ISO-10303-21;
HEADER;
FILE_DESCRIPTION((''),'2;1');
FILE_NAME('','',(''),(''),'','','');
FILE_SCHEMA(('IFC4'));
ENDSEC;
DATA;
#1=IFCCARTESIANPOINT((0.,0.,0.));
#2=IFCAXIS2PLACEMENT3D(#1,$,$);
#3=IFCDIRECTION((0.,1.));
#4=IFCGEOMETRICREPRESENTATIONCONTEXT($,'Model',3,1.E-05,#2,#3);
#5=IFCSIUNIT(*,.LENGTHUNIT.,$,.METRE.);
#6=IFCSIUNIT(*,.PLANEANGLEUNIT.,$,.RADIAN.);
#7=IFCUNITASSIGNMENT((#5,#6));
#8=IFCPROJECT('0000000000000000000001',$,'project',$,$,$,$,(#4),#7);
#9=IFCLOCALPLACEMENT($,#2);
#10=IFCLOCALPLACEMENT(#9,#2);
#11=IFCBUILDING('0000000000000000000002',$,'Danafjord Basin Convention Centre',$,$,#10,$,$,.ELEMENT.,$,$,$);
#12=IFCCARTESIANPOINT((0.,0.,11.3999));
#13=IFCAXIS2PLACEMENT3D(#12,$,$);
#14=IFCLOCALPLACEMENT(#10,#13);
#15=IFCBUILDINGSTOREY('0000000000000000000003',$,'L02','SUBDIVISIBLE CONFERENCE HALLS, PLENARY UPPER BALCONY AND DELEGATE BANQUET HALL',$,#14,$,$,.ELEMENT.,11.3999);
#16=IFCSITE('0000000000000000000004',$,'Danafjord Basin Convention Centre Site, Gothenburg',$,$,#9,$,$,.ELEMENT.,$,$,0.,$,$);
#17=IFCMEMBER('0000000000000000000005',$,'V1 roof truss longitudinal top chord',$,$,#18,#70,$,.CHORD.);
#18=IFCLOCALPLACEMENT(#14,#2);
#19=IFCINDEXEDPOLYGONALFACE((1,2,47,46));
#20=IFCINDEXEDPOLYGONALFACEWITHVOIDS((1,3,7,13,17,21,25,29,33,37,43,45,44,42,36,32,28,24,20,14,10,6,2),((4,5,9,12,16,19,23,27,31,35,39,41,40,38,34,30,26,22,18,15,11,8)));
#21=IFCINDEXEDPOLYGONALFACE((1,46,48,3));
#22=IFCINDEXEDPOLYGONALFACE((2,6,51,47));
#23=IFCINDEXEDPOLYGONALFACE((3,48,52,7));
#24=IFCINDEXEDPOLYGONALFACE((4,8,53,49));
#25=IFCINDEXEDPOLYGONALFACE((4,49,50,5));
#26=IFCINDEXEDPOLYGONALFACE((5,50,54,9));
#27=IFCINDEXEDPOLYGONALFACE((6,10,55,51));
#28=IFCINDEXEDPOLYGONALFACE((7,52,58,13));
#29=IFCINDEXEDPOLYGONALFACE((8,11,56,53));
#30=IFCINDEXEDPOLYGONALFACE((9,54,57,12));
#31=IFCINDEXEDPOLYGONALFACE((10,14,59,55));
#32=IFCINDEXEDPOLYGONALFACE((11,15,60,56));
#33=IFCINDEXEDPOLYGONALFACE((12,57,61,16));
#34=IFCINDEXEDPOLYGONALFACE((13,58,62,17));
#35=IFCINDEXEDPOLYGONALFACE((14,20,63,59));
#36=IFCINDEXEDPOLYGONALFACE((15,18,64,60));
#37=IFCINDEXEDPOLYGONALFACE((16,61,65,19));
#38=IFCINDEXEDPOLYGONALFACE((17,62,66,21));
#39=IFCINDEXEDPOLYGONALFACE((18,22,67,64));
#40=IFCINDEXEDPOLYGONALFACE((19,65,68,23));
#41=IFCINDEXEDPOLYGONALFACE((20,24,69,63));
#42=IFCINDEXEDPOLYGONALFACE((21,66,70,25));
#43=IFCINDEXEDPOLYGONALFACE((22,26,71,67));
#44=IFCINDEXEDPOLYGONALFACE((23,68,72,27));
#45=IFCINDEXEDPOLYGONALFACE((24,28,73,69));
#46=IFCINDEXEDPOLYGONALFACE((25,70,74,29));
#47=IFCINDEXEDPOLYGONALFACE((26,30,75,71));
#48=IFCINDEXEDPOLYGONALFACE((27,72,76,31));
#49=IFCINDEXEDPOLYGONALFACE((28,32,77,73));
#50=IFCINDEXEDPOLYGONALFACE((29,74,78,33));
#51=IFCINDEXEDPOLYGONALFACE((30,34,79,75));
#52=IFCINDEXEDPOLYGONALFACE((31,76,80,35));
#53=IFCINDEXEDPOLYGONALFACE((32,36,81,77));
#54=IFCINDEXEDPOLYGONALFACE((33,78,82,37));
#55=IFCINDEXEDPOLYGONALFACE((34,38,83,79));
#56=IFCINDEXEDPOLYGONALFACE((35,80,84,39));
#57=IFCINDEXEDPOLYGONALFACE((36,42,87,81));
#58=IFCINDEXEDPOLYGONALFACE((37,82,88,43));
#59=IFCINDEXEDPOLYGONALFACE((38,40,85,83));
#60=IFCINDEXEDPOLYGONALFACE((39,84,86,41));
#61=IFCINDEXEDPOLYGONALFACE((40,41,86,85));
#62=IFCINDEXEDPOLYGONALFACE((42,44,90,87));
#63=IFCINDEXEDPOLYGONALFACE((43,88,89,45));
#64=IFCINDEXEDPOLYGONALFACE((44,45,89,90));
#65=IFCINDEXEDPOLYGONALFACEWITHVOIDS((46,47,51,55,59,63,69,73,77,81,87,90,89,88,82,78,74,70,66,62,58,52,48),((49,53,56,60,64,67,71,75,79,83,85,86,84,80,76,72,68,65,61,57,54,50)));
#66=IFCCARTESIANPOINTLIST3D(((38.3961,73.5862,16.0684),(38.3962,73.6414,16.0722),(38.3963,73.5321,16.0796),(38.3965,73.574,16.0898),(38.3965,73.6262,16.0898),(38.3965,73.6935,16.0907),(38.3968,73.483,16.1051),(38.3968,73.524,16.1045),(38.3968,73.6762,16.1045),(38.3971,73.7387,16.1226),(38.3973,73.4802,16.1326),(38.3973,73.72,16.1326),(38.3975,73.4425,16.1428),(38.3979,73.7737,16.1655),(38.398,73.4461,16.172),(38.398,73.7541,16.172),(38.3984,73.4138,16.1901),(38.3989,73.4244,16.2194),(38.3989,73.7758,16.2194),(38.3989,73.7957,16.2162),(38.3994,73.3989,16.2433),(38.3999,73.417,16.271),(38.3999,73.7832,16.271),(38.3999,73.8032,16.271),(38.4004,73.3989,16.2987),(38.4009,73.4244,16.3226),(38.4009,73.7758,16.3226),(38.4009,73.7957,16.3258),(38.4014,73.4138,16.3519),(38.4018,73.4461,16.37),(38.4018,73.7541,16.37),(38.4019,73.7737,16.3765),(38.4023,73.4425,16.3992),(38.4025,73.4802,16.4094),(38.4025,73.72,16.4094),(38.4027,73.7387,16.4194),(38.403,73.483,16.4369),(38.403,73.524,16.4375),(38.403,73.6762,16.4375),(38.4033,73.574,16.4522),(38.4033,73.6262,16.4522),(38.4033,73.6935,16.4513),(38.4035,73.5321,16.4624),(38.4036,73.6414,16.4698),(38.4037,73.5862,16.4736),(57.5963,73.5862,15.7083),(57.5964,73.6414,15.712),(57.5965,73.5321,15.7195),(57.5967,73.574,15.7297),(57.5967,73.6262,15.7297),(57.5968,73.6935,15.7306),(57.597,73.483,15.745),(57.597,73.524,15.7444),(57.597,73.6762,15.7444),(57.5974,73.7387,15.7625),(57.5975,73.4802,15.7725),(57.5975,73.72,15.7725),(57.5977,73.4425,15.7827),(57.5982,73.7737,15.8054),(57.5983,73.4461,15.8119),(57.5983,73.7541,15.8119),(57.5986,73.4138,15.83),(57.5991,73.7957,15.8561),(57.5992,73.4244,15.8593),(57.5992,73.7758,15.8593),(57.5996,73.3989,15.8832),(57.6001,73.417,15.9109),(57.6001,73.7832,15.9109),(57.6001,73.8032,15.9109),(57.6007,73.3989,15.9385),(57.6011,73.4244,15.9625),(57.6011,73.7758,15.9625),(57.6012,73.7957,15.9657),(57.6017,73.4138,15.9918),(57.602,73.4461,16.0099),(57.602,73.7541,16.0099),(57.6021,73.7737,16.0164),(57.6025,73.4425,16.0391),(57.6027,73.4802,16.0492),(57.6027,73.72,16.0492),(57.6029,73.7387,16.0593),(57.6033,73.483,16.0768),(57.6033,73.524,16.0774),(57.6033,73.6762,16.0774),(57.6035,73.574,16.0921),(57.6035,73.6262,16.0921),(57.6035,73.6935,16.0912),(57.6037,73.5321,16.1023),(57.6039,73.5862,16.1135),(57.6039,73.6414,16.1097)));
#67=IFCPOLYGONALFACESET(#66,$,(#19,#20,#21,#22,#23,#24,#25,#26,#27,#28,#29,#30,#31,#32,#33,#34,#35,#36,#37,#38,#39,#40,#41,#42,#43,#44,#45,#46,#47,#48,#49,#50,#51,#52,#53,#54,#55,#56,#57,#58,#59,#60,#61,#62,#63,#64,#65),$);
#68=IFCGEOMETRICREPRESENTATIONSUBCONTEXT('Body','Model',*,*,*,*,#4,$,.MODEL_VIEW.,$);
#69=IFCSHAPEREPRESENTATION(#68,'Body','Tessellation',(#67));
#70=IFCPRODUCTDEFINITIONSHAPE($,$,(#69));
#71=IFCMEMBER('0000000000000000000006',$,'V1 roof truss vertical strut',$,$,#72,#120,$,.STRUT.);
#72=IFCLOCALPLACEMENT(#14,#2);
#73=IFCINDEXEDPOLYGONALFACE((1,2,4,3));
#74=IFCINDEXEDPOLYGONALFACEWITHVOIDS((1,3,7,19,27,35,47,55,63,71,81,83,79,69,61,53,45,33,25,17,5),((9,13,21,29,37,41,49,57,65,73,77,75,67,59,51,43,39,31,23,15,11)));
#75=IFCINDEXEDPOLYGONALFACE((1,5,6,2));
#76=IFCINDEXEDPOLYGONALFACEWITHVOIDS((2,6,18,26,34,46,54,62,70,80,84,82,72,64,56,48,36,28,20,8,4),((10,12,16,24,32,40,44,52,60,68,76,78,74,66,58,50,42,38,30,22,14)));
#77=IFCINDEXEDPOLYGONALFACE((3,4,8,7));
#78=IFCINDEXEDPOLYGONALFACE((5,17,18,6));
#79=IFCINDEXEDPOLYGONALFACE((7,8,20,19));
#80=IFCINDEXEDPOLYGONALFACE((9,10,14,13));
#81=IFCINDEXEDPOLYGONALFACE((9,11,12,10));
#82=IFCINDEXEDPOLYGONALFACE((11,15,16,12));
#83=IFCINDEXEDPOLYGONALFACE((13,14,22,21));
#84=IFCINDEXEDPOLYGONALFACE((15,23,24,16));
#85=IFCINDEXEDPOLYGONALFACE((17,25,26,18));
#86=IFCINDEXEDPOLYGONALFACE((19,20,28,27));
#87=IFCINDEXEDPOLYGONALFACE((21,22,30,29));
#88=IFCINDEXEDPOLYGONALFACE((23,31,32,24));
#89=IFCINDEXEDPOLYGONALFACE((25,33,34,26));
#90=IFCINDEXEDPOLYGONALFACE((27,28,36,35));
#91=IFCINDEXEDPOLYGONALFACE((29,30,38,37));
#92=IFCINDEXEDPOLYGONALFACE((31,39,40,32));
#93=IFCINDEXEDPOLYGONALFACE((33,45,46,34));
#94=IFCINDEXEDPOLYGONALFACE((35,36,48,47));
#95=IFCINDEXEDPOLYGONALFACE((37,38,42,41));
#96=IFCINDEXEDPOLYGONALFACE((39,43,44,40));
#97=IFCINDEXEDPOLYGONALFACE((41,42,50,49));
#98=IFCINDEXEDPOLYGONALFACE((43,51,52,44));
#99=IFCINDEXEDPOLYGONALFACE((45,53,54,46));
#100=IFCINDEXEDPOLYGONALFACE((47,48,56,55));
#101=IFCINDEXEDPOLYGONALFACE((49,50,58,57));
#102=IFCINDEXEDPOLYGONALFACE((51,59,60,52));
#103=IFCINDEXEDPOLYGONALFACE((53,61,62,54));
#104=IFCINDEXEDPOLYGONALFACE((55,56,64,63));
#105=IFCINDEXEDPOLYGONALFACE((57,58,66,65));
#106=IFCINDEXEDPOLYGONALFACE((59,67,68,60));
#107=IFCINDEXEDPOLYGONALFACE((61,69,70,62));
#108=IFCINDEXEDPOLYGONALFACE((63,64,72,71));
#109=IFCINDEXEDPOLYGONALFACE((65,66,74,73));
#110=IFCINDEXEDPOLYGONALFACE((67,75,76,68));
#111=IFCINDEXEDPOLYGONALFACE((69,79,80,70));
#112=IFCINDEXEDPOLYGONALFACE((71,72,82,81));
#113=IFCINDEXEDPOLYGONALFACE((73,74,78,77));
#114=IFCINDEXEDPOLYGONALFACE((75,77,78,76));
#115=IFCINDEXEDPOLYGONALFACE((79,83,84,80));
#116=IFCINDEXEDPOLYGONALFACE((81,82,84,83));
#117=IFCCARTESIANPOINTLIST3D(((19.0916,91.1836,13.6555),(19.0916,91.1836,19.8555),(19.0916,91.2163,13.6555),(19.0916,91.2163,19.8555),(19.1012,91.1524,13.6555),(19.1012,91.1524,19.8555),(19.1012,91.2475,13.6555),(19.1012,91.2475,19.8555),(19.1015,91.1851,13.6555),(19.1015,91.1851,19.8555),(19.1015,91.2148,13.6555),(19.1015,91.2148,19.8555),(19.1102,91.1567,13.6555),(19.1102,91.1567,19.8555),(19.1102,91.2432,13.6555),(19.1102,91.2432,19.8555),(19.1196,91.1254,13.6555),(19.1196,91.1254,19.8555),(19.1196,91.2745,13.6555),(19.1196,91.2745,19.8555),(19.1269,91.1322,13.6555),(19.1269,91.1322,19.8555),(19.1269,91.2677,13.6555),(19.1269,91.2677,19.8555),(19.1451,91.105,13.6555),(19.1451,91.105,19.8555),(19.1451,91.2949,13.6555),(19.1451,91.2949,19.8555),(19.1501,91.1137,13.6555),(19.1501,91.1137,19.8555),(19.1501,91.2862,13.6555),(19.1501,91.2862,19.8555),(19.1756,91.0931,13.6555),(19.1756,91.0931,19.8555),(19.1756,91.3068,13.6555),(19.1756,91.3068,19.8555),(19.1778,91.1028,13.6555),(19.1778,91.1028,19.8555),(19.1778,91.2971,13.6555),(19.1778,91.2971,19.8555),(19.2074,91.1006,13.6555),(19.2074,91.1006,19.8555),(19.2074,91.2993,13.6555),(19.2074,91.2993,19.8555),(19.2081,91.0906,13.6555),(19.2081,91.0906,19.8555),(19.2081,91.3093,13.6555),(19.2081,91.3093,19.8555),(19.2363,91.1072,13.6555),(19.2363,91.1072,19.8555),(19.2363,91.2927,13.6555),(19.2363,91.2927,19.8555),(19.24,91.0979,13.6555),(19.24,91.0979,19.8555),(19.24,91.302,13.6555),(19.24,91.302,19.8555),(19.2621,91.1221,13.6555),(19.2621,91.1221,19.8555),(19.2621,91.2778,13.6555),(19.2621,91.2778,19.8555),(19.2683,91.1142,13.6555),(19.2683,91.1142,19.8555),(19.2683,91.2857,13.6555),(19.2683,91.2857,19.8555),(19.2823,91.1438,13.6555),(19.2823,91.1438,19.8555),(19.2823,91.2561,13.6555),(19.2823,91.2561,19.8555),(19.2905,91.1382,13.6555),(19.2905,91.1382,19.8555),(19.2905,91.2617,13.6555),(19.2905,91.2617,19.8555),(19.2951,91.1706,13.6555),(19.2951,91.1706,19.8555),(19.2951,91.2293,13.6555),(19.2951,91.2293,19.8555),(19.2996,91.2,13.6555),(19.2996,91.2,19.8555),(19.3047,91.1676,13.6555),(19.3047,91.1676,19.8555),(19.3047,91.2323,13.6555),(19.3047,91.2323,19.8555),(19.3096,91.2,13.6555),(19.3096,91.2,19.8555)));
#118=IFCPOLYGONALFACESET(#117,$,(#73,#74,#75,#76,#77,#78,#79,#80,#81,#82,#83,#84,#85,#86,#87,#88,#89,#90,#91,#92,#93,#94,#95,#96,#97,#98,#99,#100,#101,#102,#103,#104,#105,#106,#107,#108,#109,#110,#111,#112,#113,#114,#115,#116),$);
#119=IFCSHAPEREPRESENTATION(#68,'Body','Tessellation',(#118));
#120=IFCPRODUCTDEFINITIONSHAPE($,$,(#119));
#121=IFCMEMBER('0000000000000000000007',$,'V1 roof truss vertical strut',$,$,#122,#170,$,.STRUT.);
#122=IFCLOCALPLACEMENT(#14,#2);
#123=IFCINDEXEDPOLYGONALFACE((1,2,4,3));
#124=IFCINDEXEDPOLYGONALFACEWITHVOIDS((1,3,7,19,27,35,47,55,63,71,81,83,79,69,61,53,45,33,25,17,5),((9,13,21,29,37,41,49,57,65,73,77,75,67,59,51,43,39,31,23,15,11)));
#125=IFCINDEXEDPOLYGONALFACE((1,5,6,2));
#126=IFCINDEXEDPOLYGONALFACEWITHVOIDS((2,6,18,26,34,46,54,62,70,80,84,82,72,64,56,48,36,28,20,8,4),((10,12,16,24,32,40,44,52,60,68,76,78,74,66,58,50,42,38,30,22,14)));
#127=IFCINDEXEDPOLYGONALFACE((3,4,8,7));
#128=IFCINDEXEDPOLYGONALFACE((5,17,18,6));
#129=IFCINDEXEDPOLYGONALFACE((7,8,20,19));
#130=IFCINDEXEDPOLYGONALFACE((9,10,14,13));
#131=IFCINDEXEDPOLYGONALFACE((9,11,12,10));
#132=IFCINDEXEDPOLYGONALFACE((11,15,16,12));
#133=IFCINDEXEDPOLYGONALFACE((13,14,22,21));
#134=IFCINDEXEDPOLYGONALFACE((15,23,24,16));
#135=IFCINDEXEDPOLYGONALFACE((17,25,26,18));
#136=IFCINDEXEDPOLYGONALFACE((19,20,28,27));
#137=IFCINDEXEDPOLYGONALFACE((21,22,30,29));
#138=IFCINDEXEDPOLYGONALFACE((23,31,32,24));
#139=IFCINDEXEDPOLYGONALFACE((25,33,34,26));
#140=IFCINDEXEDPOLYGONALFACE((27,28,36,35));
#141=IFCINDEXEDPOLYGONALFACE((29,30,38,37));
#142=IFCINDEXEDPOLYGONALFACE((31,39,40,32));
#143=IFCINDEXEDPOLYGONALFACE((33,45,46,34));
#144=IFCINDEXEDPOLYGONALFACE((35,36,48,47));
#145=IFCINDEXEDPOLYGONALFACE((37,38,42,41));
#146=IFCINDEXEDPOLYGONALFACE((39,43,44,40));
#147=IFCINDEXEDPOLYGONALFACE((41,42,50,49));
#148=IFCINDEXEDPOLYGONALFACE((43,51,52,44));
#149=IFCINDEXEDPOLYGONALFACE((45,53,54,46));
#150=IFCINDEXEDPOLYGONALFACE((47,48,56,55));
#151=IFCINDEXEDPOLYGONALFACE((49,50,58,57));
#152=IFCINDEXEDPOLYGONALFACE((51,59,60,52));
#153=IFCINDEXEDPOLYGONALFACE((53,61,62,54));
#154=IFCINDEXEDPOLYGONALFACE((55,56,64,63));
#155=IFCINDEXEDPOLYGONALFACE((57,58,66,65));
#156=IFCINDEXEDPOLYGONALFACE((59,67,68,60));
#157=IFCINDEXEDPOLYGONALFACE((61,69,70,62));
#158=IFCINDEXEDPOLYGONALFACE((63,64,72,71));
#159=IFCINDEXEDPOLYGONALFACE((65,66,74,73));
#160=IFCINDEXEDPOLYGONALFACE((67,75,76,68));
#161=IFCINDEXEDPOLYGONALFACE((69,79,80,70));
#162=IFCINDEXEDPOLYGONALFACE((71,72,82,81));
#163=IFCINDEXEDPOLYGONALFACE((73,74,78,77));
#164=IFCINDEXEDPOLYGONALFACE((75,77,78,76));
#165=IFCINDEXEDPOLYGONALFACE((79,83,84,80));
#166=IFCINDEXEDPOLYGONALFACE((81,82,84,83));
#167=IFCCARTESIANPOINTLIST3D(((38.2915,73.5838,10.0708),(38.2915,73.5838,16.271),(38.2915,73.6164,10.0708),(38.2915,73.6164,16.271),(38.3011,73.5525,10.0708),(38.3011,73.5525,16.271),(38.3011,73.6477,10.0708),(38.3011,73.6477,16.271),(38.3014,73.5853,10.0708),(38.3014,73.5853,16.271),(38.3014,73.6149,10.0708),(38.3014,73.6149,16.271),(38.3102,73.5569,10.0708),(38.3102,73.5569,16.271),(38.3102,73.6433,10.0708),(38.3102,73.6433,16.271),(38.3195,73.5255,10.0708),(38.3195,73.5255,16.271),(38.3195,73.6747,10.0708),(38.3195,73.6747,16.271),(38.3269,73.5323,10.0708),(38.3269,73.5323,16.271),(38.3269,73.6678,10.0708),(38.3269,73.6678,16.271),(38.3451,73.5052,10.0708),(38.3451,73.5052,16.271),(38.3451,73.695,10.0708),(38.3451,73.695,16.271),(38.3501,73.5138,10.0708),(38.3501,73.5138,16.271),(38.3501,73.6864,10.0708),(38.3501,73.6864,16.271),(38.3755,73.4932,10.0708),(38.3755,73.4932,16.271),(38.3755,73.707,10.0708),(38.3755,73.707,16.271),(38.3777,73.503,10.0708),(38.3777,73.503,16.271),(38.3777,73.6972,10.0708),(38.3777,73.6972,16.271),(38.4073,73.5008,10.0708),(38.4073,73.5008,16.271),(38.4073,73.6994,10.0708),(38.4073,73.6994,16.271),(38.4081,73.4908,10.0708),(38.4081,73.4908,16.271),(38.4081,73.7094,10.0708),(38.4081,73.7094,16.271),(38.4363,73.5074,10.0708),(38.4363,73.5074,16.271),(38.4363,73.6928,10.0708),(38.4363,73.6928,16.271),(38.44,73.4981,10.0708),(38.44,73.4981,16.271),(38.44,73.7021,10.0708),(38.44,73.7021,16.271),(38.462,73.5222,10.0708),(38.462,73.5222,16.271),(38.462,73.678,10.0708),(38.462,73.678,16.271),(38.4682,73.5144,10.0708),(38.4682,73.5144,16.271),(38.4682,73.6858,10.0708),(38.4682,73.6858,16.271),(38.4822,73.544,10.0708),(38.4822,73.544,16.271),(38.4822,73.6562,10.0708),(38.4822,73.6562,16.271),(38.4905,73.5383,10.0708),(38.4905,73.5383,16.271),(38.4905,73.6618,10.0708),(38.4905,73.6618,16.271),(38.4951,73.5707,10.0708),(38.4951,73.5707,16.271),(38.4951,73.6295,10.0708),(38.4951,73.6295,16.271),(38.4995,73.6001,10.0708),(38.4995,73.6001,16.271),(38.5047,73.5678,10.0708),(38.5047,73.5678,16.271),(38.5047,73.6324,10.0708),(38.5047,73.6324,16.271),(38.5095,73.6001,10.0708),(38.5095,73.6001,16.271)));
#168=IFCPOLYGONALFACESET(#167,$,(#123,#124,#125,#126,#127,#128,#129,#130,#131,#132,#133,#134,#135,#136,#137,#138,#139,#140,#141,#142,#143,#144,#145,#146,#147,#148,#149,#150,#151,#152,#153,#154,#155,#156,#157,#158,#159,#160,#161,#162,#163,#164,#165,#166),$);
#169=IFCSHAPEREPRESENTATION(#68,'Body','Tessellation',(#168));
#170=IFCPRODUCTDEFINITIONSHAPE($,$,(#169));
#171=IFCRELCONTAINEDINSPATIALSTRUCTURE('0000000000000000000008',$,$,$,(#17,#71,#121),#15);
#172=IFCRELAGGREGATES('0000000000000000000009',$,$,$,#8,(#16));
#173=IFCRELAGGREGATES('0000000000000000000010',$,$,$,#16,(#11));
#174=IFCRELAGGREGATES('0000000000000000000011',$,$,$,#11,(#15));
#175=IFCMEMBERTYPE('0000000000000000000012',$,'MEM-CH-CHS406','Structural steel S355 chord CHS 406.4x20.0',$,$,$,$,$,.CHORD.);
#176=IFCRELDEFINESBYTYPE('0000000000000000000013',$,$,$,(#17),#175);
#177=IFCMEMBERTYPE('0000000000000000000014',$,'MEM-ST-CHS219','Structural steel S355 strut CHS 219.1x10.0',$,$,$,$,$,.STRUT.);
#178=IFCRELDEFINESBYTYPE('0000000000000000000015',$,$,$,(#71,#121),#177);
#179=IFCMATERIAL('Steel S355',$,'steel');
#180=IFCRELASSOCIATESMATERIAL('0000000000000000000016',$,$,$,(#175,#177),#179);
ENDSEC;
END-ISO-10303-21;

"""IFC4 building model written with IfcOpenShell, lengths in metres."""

from ifc_helpers import new_model, si_unit, direction, frame, origin, origin_2d, place, context, subcontext, project, spatial, hollow_circle, extrude, material, material_profile, profile_set, type_object, element, save


model = new_model("IFC4")

# Units and contexts
model_context = context("Model", 3, precision=1e-05, world=origin(), true_north=direction((0.0, 1.0)))
body_context = subcontext(model_context, "Body", "Model", "MODEL_VIEW")
ifc_project = project(units=[si_unit("LENGTHUNIT", "METRE"), si_unit("PLANEANGLEUNIT", "RADIAN")], contexts=[model_context])

# Site, building, storey
site_placement = place(None, origin())
site = spatial("IfcSite", under=ifc_project, at=site_placement, Name="Danafjord Basin Convention Centre Site, Gothenburg", CompositionType="ELEMENT", RefElevation=0.0)
building_placement = place(site_placement, origin())
building = spatial("IfcBuilding", under=site, at=building_placement, Name="Danafjord Basin Convention Centre", CompositionType="ELEMENT")
storey_placement = place(building_placement, frame((0.0, 0.0, 11.3999)))
storey = spatial("IfcBuildingStorey", under=building, at=storey_placement, Name="L02", Description="SUBDIVISIBLE CONFERENCE HALLS, PLENARY UPPER BALCONY AND DELEGATE BANQUET HALL", CompositionType="ELEMENT", Elevation=11.3999)

# Members
ifc_material = material(Name="Steel S355", Category="steel")
ifc_material_profile_1 = material_profile(ifc_material, hollow_circle(Radius=0.2031, WallThickness=0.02, at=origin_2d()), Name="CHS 406.4x20.0")
ifc_profile_set_1 = profile_set([ifc_material_profile_1], Name="Steel S355")
member_type_1 = type_object("IfcMemberType", Name="MEM-CH-CHS406", Description="Structural steel S355 chord CHS 406.4x20.0", PredefinedType="CHORD", material=ifc_profile_set_1)
member_1_placement = place(storey_placement, frame((38.3999, 73.6001, 16.271), z_axis=(0.999824, 0.0, -0.018752), x_axis=(0.0, 1.0, 0.0)))
element("IfcMember", 1, at=member_1_placement, inside=storey, type_object=member_type_1, Name="V1 roof truss longitudinal top chord", PredefinedType="CHORD", context=body_context, shape_type="SweptSolid", body=[
    extrude(hollow_circle(Radius=0.2031, WallThickness=0.02, at=origin_2d()), origin(), (0.0, 0.0, 1.0), 19.2036),
])
ifc_material_profile_2 = material_profile(ifc_material, hollow_circle(Radius=0.1096, WallThickness=0.01, at=origin_2d()), Name="CHS 219.1x10.0")
ifc_profile_set_2 = profile_set([ifc_material_profile_2], Name="Steel S355")
member_type_2 = type_object("IfcMemberType", Name="MEM-ST-CHS219", Description="Structural steel S355 strut CHS 219.1x10.0", PredefinedType="STRUT", material=ifc_profile_set_2)
member_2_placement = place(storey_placement, frame((19.2, 91.2, 13.6555), z_axis=(0.0, 0.0, 1.0), x_axis=(1.0, 0.0, 0.0)))
element("IfcMember", 2, at=member_2_placement, inside=storey, type_object=member_type_2, Name="V1 roof truss vertical strut", PredefinedType="STRUT", context=body_context, shape_type="SweptSolid", body=[
    extrude(hollow_circle(Radius=0.1096, WallThickness=0.01, at=origin_2d()), origin(), (0.0, 0.0, 1.0), 6.2),
])
member_3_placement = place(storey_placement, frame((38.3999, 73.6001, 10.0708), z_axis=(0.0, 0.0, 1.0), x_axis=(1.0, 0.0, 0.0)))
element("IfcMember", 3, at=member_3_placement, inside=storey, type_object=member_type_2, Name="V1 roof truss vertical strut", PredefinedType="STRUT", context=body_context, shape_type="SweptSolid", body=[
    extrude(hollow_circle(Radius=0.1096, WallThickness=0.01, at=origin_2d()), origin(), (0.0, 0.0, 1.0), 6.2002),
])

save(model, "model.ifc")
